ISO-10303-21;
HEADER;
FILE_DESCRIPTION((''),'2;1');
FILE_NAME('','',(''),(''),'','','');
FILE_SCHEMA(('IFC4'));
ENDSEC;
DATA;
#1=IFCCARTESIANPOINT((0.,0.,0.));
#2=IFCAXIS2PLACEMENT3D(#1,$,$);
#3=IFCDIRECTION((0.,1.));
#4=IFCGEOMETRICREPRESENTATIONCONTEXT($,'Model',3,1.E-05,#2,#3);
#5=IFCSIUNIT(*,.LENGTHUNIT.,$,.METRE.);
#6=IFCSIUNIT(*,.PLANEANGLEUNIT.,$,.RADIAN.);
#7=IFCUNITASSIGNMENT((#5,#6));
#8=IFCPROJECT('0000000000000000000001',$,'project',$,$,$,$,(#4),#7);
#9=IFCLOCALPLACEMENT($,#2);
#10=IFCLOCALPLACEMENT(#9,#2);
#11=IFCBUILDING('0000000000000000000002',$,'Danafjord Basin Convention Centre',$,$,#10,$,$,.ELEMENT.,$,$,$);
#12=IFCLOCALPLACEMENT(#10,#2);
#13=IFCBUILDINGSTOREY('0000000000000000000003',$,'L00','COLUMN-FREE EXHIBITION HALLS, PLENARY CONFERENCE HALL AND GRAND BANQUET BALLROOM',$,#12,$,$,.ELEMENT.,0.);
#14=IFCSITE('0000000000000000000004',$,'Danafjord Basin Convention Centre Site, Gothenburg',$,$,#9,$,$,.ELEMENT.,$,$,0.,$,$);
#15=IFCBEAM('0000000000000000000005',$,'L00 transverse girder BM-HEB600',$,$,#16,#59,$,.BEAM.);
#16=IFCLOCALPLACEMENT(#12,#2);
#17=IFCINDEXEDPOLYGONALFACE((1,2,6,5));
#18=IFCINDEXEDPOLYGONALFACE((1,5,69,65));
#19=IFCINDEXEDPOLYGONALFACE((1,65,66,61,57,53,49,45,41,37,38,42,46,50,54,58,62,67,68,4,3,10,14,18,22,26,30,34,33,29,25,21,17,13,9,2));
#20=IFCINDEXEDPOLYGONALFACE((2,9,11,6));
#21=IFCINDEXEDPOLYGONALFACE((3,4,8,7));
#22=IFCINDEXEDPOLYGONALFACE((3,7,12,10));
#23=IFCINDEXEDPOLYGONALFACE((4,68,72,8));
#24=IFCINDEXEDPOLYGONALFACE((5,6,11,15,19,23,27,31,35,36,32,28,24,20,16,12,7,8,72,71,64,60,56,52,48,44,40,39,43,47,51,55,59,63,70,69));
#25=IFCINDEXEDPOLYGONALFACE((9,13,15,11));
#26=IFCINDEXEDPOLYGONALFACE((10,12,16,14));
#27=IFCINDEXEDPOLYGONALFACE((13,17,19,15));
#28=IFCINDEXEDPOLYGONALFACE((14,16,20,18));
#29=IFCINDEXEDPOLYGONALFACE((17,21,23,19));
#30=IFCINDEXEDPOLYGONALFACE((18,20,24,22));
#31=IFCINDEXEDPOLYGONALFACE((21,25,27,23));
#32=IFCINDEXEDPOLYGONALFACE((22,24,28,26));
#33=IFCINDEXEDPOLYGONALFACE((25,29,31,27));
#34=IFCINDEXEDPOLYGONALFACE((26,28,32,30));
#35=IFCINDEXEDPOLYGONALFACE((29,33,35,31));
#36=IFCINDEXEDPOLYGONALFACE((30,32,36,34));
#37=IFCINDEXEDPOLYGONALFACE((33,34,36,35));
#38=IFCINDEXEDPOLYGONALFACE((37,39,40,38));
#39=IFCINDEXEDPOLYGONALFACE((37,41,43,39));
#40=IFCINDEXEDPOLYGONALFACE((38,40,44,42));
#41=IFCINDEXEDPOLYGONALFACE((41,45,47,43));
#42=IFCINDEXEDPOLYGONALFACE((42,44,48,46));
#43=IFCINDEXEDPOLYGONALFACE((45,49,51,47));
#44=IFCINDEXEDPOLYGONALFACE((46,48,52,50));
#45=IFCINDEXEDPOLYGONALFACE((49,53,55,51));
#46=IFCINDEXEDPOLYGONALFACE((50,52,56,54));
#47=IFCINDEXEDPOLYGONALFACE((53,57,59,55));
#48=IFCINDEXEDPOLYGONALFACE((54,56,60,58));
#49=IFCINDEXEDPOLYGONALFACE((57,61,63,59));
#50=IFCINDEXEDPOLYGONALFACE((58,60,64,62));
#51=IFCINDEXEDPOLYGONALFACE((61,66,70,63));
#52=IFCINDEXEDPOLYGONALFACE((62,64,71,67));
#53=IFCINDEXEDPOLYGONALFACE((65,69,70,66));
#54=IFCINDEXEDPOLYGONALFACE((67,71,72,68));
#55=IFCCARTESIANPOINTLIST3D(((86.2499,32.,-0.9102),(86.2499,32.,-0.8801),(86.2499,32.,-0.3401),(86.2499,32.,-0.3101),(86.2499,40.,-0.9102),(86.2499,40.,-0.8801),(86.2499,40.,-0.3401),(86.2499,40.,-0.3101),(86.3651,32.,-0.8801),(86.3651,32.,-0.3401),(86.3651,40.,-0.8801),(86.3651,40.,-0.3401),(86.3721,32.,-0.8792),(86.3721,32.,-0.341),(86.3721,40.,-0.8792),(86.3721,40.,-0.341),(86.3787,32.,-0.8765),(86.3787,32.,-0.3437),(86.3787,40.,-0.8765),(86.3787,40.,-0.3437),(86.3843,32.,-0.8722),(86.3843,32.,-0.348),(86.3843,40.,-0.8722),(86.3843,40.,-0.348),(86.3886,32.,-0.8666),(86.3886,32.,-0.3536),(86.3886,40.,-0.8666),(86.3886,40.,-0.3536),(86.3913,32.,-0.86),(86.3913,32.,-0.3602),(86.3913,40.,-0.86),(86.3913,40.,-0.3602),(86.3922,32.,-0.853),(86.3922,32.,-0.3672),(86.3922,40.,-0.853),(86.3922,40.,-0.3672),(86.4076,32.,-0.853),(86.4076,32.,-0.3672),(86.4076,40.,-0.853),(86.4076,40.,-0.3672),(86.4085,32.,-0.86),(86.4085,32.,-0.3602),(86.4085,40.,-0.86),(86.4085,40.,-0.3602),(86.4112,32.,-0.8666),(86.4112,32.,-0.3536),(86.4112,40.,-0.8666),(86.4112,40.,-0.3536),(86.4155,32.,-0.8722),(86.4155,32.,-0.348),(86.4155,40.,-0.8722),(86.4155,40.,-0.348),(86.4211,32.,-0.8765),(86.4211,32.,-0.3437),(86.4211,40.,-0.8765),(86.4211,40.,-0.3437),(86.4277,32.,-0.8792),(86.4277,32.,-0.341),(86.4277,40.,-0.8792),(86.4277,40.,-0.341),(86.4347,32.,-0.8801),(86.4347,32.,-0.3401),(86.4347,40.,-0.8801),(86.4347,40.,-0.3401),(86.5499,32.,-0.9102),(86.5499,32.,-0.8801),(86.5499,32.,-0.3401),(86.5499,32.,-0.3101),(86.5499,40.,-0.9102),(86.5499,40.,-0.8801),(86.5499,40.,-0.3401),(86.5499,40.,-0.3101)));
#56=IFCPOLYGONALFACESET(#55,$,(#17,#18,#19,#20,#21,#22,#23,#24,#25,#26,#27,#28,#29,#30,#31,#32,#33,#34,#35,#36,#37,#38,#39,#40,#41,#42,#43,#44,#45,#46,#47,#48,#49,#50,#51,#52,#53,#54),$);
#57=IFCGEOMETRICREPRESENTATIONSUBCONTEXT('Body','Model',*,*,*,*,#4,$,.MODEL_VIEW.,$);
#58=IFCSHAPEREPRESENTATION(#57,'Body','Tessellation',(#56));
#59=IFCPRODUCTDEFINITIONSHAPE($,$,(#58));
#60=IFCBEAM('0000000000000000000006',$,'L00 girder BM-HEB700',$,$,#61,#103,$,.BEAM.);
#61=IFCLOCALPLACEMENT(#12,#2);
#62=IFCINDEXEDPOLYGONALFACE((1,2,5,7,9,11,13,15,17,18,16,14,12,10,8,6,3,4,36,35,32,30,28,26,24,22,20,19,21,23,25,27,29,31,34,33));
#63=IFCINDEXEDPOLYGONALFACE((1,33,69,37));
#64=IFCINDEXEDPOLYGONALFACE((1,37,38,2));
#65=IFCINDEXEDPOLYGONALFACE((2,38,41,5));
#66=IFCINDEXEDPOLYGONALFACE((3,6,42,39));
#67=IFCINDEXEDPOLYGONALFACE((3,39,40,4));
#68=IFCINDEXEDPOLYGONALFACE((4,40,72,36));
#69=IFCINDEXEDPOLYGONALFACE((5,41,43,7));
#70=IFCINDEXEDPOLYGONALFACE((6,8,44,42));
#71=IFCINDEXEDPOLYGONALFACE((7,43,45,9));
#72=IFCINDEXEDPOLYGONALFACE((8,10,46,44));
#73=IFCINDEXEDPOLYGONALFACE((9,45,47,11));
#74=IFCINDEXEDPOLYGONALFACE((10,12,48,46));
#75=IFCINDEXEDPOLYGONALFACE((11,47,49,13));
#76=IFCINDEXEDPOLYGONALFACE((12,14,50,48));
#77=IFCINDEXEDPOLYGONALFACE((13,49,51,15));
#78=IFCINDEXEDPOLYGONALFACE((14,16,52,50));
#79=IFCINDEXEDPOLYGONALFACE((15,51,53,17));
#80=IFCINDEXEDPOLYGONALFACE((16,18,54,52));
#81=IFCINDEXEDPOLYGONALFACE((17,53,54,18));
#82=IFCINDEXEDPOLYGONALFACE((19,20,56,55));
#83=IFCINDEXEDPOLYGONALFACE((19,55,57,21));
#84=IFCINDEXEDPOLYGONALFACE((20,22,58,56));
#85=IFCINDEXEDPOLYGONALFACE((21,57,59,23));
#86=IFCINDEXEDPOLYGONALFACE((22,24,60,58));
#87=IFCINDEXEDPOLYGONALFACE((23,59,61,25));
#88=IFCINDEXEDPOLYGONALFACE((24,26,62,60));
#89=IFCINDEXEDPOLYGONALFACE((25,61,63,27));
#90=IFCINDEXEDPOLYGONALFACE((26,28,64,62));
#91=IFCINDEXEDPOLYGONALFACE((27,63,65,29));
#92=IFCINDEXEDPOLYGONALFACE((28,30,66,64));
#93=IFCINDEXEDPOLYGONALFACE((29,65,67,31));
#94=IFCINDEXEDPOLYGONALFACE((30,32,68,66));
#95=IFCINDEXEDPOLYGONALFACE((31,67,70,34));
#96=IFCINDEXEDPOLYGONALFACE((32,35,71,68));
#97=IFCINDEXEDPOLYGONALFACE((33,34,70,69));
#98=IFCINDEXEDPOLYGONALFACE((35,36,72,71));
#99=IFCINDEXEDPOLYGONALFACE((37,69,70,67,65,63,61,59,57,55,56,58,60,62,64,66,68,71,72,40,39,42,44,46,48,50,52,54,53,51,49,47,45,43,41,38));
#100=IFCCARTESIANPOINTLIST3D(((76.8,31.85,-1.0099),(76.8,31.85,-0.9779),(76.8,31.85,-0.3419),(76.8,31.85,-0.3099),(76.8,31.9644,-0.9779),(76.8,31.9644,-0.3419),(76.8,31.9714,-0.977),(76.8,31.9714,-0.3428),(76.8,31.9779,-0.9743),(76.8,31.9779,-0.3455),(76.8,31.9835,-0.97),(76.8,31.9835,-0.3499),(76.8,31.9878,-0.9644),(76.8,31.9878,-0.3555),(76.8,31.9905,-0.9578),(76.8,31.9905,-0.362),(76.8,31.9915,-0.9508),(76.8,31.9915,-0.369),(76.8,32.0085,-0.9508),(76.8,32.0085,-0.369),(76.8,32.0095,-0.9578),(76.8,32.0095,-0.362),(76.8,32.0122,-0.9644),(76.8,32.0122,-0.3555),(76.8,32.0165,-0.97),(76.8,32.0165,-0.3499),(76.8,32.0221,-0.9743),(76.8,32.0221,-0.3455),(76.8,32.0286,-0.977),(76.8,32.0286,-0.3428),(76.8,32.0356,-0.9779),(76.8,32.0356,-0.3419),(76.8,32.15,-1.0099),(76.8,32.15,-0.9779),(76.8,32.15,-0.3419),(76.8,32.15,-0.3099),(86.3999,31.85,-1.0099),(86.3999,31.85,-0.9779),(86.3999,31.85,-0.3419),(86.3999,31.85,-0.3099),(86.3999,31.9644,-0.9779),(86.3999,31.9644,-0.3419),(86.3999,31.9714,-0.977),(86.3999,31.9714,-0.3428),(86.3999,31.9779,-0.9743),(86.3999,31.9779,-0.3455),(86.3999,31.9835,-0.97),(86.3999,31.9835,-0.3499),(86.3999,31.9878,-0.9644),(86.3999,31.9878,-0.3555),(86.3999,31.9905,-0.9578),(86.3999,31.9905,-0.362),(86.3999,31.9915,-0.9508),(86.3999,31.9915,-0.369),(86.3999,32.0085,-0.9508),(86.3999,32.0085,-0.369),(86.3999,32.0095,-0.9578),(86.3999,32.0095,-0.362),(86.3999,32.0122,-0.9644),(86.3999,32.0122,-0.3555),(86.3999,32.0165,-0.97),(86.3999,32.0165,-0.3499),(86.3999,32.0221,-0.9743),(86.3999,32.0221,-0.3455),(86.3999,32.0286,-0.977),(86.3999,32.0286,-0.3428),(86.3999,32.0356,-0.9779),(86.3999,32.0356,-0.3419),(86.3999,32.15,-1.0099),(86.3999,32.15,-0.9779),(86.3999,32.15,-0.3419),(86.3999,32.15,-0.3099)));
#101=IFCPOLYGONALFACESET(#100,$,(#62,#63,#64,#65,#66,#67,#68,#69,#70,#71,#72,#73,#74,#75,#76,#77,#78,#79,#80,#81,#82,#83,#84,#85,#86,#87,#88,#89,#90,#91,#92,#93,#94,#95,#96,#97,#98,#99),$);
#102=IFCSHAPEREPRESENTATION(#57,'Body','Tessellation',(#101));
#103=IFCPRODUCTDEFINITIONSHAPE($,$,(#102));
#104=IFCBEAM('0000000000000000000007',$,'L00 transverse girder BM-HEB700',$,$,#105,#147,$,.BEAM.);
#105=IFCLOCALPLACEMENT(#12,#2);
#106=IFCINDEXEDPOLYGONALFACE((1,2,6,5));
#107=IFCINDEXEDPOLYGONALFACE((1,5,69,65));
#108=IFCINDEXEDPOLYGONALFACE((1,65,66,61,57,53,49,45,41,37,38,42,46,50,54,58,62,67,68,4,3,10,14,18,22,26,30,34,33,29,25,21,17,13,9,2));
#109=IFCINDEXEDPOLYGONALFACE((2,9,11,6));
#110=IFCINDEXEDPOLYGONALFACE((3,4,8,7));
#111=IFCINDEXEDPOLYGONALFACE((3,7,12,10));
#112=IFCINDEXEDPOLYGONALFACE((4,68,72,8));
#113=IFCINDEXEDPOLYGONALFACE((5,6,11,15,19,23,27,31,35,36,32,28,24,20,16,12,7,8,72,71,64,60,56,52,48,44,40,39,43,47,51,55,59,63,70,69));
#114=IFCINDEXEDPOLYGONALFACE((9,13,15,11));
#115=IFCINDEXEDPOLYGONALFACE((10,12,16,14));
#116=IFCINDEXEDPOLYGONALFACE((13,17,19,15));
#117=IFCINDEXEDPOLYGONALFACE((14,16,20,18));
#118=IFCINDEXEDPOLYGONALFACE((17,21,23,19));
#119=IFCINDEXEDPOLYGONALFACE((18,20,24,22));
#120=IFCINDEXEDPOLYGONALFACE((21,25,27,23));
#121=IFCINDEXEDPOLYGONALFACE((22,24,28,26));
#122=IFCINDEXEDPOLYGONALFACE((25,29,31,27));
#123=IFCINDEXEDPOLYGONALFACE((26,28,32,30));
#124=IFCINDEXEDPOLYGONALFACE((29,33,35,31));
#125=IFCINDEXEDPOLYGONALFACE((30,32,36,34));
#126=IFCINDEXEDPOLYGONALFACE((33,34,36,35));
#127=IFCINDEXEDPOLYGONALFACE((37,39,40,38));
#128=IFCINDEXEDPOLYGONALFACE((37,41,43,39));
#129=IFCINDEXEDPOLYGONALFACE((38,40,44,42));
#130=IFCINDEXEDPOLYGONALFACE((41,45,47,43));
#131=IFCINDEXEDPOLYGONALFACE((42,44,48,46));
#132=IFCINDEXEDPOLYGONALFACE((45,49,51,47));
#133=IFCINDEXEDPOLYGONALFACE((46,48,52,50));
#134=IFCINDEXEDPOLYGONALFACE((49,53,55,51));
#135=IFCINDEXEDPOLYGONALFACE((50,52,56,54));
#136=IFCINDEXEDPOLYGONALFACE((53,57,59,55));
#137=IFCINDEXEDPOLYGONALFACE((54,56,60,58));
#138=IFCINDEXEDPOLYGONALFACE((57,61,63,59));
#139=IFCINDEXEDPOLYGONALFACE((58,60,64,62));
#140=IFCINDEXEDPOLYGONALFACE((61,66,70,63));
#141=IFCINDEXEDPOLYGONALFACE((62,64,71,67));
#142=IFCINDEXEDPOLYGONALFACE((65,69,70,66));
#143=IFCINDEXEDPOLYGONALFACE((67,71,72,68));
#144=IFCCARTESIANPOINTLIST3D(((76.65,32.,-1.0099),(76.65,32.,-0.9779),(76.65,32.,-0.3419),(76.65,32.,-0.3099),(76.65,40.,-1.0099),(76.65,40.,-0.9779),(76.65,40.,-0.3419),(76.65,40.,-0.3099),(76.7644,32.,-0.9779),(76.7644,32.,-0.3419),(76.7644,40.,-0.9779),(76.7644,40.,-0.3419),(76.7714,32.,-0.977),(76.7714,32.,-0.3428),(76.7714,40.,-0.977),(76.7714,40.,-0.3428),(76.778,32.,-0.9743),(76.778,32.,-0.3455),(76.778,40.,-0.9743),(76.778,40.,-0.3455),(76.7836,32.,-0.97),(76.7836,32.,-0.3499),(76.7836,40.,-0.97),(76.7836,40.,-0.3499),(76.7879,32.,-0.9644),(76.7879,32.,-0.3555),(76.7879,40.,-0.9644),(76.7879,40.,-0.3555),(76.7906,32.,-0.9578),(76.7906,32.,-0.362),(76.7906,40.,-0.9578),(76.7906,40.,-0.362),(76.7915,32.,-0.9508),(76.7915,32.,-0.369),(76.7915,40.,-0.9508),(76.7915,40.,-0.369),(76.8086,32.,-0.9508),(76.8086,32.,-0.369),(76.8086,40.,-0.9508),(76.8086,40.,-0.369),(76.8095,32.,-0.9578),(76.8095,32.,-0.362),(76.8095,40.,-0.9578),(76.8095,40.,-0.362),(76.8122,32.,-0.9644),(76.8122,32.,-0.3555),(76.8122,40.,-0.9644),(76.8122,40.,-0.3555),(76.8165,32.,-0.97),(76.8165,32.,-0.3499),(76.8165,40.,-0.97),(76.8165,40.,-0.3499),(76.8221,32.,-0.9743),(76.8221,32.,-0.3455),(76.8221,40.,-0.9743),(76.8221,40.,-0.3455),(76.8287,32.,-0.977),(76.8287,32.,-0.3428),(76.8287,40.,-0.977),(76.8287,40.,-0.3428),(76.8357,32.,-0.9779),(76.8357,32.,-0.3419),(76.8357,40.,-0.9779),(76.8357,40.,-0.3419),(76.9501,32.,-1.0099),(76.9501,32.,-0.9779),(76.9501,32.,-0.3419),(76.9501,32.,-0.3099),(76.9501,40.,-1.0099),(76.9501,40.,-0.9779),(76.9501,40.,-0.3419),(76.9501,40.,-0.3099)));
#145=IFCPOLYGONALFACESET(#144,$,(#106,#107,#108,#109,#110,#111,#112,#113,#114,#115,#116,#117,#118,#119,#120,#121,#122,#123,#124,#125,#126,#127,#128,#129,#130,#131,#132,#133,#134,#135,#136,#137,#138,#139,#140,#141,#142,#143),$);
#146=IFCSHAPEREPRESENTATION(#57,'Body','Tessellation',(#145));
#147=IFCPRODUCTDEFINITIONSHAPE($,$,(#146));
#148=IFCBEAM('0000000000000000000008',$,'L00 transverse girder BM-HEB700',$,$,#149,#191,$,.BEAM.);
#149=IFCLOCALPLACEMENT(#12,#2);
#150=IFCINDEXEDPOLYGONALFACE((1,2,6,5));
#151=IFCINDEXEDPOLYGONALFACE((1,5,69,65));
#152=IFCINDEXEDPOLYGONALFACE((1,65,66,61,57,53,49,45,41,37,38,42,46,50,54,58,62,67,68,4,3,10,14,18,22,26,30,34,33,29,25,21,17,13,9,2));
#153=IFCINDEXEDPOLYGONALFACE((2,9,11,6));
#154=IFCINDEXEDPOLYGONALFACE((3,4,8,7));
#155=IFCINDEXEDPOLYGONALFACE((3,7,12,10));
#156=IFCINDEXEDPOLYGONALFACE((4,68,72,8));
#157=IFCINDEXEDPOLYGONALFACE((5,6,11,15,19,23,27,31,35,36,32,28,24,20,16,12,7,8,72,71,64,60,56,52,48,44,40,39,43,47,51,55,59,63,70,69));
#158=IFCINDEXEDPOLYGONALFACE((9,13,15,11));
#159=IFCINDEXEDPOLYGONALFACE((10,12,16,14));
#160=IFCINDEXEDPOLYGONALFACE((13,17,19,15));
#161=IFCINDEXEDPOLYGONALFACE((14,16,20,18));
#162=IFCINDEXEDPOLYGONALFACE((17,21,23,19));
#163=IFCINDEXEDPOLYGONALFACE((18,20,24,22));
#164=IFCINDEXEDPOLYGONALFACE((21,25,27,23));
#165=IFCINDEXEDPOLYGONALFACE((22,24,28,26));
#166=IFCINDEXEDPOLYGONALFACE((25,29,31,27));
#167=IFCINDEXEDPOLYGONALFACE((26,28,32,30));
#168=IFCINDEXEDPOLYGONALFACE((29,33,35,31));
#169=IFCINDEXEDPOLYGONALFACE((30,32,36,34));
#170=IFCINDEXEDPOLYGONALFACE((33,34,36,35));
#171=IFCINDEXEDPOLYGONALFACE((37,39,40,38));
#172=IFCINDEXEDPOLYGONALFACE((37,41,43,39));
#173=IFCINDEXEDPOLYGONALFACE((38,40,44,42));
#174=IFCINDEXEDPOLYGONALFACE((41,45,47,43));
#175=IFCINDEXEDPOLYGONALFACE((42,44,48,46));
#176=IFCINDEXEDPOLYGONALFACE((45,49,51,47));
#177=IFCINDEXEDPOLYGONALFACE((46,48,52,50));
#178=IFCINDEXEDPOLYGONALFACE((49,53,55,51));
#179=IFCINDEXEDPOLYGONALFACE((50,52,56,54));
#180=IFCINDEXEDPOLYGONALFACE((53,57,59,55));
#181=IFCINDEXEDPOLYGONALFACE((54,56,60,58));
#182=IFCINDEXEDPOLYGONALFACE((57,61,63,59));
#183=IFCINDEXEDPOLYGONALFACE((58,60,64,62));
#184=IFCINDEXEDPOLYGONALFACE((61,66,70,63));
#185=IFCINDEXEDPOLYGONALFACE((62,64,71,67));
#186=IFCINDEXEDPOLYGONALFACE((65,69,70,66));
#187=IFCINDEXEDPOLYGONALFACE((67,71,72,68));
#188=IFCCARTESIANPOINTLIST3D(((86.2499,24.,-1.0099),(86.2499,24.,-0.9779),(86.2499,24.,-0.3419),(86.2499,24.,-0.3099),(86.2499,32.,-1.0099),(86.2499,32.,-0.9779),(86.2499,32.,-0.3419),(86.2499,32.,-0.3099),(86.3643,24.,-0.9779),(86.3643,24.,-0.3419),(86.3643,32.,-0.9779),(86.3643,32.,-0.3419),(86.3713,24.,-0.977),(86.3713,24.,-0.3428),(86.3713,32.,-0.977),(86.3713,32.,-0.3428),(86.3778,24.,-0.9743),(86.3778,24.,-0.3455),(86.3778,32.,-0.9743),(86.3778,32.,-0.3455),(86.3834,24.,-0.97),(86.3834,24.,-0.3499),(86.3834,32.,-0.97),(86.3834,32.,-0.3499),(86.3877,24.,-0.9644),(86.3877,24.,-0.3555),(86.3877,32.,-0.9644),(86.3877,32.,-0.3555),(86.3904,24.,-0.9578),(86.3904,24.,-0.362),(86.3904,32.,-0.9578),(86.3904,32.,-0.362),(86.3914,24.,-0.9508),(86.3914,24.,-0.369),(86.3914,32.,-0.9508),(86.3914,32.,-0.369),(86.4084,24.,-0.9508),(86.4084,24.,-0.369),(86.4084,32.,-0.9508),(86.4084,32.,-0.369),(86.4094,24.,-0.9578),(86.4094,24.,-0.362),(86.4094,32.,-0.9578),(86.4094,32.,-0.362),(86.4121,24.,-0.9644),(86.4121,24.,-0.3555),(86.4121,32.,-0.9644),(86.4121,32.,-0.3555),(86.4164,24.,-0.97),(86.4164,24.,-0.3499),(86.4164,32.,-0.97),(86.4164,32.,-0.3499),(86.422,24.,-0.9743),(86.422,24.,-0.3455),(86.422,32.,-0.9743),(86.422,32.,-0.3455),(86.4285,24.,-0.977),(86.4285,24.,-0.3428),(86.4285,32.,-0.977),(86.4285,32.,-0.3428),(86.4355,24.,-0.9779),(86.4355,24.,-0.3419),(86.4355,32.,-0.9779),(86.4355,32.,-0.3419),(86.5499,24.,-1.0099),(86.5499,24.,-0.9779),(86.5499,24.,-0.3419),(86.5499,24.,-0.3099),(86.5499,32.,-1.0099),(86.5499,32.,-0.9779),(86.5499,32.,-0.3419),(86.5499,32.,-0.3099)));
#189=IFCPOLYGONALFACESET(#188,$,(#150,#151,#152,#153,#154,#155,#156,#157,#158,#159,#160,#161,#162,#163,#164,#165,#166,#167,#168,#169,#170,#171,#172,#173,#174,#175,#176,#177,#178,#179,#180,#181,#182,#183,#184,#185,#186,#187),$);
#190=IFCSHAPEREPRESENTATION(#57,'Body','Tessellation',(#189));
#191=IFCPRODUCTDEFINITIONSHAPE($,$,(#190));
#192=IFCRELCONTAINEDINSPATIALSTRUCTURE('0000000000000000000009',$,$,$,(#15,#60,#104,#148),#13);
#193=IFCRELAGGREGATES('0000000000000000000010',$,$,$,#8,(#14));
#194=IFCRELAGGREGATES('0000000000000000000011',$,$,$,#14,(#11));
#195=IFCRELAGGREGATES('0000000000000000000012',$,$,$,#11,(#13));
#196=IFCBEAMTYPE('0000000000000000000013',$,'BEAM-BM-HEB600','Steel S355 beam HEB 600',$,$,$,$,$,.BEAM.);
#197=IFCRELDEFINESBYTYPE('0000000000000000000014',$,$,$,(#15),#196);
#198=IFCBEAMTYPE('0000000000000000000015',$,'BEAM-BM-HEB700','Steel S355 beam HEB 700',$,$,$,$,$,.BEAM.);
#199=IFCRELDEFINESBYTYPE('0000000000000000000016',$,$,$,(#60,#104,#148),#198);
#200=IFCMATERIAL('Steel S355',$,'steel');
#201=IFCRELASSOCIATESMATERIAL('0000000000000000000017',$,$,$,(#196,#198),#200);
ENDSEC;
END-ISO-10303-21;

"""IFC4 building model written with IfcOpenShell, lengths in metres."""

from ifc_helpers import new_model, si_unit, direction, frame, origin, origin_2d, place, context, subcontext, project, spatial, i_section, extrude, material, material_profile, profile_set, type_object, element, save


model = new_model("IFC4")

# Units and contexts
model_context = context("Model", 3, precision=1e-05, world=origin(), true_north=direction((0.0, 1.0)))
body_context = subcontext(model_context, "Body", "Model", "MODEL_VIEW")
ifc_project = project(units=[si_unit("LENGTHUNIT", "METRE"), si_unit("PLANEANGLEUNIT", "RADIAN")], contexts=[model_context])

# Site, building, storey
site_placement = place(None, origin())
site = spatial("IfcSite", under=ifc_project, at=site_placement, Name="Danafjord Basin Convention Centre Site, Gothenburg", CompositionType="ELEMENT", RefElevation=0.0)
building_placement = place(site_placement, origin())
building = spatial("IfcBuilding", under=site, at=building_placement, Name="Danafjord Basin Convention Centre", CompositionType="ELEMENT")
storey_placement = place(building_placement, origin())
storey = spatial("IfcBuildingStorey", under=building, at=storey_placement, Name="L00", Description="COLUMN-FREE EXHIBITION HALLS, PLENARY CONFERENCE HALL AND GRAND BANQUET BALLROOM", CompositionType="ELEMENT", Elevation=0.0)

# Shared definitions
ifc_material_1 = material(Name="Steel S355", Category="steel")

# Beams
ifc_material_profile_1 = material_profile(ifc_material_1, i_section(OverallWidth=0.3, OverallDepth=0.6001, WebThickness=0.0154, FlangeThickness=0.03, FilletRadius=0.0271, at=origin_2d()), Name="HEB 600")
ifc_profile_set_1 = profile_set([ifc_material_profile_1], Name="Steel S355")
beam_type_1 = type_object("IfcBeamType", Name="BEAM-BM-HEB600", Description="Steel S355 beam HEB 600", PredefinedType="BEAM", material=ifc_profile_set_1)
beam_1_placement = place(storey_placement, frame((86.3999, 32.0, -0.6101), z_axis=(0.0, 1.0, 0.0), x_axis=(-1.0, 0.0, 0.0)))
element("IfcBeam", 1, at=beam_1_placement, inside=storey, type_object=beam_type_1, Name="L00 transverse girder BM-HEB600", PredefinedType="BEAM", context=body_context, shape_type="SweptSolid", body=[
    extrude(i_section(OverallWidth=0.3, OverallDepth=0.6001, WebThickness=0.0154, FlangeThickness=0.03, FilletRadius=0.0271, at=origin_2d()), origin(), (0.0, 0.0, 1.0), 8.0),
])
ifc_material_profile_2 = material_profile(ifc_material_1, i_section(OverallWidth=0.3, OverallDepth=0.7, WebThickness=0.0171, FlangeThickness=0.032, FilletRadius=0.0271, at=origin_2d()), Name="HEB 700")
ifc_profile_set_2 = profile_set([ifc_material_profile_2], Name="Steel S355")
beam_type_2 = type_object("IfcBeamType", Name="BEAM-BM-HEB700", Description="Steel S355 beam HEB 700", PredefinedType="BEAM", material=ifc_profile_set_2)
beam_2_placement = place(storey_placement, frame((76.8, 32.0, -0.6599), z_axis=(1.0, 0.0, 0.0), x_axis=(0.0, 1.0, 0.0)))
element("IfcBeam", 2, at=beam_2_placement, inside=storey, type_object=beam_type_2, Name="L00 girder BM-HEB700", PredefinedType="BEAM", context=body_context, shape_type="SweptSolid", body=[
    extrude(i_section(OverallWidth=0.3, OverallDepth=0.7, WebThickness=0.0171, FlangeThickness=0.032, FilletRadius=0.0271, at=origin_2d()), origin(), (0.0, 0.0, 1.0), 9.5999),
])
for number, where, z_axis, x_axis, name in (
    (3, (76.8, 32.0, -0.6599), (0.0, 1.0, 0.0), (-1.0, 0.0, 0.0), "L00 transverse girder BM-HEB700"),
    (4, (86.3999, 24.0, -0.6599), (0.0, 1.0, 0.0), (-1.0, 0.0, 0.0), "L00 transverse girder BM-HEB700"),
):
    element("IfcBeam", number, at=place(storey_placement, frame(where, z_axis=z_axis, x_axis=x_axis)), inside=storey, type_object=beam_type_2, Name=name, PredefinedType="BEAM", context=body_context, shape_type="SweptSolid", body=[
        extrude(i_section(OverallWidth=0.3, OverallDepth=0.7, WebThickness=0.0171, FlangeThickness=0.032, FilletRadius=0.0271, at=origin_2d()), origin(), (0.0, 0.0, 1.0), 8.0),
    ])

save(model, "model.ifc")
